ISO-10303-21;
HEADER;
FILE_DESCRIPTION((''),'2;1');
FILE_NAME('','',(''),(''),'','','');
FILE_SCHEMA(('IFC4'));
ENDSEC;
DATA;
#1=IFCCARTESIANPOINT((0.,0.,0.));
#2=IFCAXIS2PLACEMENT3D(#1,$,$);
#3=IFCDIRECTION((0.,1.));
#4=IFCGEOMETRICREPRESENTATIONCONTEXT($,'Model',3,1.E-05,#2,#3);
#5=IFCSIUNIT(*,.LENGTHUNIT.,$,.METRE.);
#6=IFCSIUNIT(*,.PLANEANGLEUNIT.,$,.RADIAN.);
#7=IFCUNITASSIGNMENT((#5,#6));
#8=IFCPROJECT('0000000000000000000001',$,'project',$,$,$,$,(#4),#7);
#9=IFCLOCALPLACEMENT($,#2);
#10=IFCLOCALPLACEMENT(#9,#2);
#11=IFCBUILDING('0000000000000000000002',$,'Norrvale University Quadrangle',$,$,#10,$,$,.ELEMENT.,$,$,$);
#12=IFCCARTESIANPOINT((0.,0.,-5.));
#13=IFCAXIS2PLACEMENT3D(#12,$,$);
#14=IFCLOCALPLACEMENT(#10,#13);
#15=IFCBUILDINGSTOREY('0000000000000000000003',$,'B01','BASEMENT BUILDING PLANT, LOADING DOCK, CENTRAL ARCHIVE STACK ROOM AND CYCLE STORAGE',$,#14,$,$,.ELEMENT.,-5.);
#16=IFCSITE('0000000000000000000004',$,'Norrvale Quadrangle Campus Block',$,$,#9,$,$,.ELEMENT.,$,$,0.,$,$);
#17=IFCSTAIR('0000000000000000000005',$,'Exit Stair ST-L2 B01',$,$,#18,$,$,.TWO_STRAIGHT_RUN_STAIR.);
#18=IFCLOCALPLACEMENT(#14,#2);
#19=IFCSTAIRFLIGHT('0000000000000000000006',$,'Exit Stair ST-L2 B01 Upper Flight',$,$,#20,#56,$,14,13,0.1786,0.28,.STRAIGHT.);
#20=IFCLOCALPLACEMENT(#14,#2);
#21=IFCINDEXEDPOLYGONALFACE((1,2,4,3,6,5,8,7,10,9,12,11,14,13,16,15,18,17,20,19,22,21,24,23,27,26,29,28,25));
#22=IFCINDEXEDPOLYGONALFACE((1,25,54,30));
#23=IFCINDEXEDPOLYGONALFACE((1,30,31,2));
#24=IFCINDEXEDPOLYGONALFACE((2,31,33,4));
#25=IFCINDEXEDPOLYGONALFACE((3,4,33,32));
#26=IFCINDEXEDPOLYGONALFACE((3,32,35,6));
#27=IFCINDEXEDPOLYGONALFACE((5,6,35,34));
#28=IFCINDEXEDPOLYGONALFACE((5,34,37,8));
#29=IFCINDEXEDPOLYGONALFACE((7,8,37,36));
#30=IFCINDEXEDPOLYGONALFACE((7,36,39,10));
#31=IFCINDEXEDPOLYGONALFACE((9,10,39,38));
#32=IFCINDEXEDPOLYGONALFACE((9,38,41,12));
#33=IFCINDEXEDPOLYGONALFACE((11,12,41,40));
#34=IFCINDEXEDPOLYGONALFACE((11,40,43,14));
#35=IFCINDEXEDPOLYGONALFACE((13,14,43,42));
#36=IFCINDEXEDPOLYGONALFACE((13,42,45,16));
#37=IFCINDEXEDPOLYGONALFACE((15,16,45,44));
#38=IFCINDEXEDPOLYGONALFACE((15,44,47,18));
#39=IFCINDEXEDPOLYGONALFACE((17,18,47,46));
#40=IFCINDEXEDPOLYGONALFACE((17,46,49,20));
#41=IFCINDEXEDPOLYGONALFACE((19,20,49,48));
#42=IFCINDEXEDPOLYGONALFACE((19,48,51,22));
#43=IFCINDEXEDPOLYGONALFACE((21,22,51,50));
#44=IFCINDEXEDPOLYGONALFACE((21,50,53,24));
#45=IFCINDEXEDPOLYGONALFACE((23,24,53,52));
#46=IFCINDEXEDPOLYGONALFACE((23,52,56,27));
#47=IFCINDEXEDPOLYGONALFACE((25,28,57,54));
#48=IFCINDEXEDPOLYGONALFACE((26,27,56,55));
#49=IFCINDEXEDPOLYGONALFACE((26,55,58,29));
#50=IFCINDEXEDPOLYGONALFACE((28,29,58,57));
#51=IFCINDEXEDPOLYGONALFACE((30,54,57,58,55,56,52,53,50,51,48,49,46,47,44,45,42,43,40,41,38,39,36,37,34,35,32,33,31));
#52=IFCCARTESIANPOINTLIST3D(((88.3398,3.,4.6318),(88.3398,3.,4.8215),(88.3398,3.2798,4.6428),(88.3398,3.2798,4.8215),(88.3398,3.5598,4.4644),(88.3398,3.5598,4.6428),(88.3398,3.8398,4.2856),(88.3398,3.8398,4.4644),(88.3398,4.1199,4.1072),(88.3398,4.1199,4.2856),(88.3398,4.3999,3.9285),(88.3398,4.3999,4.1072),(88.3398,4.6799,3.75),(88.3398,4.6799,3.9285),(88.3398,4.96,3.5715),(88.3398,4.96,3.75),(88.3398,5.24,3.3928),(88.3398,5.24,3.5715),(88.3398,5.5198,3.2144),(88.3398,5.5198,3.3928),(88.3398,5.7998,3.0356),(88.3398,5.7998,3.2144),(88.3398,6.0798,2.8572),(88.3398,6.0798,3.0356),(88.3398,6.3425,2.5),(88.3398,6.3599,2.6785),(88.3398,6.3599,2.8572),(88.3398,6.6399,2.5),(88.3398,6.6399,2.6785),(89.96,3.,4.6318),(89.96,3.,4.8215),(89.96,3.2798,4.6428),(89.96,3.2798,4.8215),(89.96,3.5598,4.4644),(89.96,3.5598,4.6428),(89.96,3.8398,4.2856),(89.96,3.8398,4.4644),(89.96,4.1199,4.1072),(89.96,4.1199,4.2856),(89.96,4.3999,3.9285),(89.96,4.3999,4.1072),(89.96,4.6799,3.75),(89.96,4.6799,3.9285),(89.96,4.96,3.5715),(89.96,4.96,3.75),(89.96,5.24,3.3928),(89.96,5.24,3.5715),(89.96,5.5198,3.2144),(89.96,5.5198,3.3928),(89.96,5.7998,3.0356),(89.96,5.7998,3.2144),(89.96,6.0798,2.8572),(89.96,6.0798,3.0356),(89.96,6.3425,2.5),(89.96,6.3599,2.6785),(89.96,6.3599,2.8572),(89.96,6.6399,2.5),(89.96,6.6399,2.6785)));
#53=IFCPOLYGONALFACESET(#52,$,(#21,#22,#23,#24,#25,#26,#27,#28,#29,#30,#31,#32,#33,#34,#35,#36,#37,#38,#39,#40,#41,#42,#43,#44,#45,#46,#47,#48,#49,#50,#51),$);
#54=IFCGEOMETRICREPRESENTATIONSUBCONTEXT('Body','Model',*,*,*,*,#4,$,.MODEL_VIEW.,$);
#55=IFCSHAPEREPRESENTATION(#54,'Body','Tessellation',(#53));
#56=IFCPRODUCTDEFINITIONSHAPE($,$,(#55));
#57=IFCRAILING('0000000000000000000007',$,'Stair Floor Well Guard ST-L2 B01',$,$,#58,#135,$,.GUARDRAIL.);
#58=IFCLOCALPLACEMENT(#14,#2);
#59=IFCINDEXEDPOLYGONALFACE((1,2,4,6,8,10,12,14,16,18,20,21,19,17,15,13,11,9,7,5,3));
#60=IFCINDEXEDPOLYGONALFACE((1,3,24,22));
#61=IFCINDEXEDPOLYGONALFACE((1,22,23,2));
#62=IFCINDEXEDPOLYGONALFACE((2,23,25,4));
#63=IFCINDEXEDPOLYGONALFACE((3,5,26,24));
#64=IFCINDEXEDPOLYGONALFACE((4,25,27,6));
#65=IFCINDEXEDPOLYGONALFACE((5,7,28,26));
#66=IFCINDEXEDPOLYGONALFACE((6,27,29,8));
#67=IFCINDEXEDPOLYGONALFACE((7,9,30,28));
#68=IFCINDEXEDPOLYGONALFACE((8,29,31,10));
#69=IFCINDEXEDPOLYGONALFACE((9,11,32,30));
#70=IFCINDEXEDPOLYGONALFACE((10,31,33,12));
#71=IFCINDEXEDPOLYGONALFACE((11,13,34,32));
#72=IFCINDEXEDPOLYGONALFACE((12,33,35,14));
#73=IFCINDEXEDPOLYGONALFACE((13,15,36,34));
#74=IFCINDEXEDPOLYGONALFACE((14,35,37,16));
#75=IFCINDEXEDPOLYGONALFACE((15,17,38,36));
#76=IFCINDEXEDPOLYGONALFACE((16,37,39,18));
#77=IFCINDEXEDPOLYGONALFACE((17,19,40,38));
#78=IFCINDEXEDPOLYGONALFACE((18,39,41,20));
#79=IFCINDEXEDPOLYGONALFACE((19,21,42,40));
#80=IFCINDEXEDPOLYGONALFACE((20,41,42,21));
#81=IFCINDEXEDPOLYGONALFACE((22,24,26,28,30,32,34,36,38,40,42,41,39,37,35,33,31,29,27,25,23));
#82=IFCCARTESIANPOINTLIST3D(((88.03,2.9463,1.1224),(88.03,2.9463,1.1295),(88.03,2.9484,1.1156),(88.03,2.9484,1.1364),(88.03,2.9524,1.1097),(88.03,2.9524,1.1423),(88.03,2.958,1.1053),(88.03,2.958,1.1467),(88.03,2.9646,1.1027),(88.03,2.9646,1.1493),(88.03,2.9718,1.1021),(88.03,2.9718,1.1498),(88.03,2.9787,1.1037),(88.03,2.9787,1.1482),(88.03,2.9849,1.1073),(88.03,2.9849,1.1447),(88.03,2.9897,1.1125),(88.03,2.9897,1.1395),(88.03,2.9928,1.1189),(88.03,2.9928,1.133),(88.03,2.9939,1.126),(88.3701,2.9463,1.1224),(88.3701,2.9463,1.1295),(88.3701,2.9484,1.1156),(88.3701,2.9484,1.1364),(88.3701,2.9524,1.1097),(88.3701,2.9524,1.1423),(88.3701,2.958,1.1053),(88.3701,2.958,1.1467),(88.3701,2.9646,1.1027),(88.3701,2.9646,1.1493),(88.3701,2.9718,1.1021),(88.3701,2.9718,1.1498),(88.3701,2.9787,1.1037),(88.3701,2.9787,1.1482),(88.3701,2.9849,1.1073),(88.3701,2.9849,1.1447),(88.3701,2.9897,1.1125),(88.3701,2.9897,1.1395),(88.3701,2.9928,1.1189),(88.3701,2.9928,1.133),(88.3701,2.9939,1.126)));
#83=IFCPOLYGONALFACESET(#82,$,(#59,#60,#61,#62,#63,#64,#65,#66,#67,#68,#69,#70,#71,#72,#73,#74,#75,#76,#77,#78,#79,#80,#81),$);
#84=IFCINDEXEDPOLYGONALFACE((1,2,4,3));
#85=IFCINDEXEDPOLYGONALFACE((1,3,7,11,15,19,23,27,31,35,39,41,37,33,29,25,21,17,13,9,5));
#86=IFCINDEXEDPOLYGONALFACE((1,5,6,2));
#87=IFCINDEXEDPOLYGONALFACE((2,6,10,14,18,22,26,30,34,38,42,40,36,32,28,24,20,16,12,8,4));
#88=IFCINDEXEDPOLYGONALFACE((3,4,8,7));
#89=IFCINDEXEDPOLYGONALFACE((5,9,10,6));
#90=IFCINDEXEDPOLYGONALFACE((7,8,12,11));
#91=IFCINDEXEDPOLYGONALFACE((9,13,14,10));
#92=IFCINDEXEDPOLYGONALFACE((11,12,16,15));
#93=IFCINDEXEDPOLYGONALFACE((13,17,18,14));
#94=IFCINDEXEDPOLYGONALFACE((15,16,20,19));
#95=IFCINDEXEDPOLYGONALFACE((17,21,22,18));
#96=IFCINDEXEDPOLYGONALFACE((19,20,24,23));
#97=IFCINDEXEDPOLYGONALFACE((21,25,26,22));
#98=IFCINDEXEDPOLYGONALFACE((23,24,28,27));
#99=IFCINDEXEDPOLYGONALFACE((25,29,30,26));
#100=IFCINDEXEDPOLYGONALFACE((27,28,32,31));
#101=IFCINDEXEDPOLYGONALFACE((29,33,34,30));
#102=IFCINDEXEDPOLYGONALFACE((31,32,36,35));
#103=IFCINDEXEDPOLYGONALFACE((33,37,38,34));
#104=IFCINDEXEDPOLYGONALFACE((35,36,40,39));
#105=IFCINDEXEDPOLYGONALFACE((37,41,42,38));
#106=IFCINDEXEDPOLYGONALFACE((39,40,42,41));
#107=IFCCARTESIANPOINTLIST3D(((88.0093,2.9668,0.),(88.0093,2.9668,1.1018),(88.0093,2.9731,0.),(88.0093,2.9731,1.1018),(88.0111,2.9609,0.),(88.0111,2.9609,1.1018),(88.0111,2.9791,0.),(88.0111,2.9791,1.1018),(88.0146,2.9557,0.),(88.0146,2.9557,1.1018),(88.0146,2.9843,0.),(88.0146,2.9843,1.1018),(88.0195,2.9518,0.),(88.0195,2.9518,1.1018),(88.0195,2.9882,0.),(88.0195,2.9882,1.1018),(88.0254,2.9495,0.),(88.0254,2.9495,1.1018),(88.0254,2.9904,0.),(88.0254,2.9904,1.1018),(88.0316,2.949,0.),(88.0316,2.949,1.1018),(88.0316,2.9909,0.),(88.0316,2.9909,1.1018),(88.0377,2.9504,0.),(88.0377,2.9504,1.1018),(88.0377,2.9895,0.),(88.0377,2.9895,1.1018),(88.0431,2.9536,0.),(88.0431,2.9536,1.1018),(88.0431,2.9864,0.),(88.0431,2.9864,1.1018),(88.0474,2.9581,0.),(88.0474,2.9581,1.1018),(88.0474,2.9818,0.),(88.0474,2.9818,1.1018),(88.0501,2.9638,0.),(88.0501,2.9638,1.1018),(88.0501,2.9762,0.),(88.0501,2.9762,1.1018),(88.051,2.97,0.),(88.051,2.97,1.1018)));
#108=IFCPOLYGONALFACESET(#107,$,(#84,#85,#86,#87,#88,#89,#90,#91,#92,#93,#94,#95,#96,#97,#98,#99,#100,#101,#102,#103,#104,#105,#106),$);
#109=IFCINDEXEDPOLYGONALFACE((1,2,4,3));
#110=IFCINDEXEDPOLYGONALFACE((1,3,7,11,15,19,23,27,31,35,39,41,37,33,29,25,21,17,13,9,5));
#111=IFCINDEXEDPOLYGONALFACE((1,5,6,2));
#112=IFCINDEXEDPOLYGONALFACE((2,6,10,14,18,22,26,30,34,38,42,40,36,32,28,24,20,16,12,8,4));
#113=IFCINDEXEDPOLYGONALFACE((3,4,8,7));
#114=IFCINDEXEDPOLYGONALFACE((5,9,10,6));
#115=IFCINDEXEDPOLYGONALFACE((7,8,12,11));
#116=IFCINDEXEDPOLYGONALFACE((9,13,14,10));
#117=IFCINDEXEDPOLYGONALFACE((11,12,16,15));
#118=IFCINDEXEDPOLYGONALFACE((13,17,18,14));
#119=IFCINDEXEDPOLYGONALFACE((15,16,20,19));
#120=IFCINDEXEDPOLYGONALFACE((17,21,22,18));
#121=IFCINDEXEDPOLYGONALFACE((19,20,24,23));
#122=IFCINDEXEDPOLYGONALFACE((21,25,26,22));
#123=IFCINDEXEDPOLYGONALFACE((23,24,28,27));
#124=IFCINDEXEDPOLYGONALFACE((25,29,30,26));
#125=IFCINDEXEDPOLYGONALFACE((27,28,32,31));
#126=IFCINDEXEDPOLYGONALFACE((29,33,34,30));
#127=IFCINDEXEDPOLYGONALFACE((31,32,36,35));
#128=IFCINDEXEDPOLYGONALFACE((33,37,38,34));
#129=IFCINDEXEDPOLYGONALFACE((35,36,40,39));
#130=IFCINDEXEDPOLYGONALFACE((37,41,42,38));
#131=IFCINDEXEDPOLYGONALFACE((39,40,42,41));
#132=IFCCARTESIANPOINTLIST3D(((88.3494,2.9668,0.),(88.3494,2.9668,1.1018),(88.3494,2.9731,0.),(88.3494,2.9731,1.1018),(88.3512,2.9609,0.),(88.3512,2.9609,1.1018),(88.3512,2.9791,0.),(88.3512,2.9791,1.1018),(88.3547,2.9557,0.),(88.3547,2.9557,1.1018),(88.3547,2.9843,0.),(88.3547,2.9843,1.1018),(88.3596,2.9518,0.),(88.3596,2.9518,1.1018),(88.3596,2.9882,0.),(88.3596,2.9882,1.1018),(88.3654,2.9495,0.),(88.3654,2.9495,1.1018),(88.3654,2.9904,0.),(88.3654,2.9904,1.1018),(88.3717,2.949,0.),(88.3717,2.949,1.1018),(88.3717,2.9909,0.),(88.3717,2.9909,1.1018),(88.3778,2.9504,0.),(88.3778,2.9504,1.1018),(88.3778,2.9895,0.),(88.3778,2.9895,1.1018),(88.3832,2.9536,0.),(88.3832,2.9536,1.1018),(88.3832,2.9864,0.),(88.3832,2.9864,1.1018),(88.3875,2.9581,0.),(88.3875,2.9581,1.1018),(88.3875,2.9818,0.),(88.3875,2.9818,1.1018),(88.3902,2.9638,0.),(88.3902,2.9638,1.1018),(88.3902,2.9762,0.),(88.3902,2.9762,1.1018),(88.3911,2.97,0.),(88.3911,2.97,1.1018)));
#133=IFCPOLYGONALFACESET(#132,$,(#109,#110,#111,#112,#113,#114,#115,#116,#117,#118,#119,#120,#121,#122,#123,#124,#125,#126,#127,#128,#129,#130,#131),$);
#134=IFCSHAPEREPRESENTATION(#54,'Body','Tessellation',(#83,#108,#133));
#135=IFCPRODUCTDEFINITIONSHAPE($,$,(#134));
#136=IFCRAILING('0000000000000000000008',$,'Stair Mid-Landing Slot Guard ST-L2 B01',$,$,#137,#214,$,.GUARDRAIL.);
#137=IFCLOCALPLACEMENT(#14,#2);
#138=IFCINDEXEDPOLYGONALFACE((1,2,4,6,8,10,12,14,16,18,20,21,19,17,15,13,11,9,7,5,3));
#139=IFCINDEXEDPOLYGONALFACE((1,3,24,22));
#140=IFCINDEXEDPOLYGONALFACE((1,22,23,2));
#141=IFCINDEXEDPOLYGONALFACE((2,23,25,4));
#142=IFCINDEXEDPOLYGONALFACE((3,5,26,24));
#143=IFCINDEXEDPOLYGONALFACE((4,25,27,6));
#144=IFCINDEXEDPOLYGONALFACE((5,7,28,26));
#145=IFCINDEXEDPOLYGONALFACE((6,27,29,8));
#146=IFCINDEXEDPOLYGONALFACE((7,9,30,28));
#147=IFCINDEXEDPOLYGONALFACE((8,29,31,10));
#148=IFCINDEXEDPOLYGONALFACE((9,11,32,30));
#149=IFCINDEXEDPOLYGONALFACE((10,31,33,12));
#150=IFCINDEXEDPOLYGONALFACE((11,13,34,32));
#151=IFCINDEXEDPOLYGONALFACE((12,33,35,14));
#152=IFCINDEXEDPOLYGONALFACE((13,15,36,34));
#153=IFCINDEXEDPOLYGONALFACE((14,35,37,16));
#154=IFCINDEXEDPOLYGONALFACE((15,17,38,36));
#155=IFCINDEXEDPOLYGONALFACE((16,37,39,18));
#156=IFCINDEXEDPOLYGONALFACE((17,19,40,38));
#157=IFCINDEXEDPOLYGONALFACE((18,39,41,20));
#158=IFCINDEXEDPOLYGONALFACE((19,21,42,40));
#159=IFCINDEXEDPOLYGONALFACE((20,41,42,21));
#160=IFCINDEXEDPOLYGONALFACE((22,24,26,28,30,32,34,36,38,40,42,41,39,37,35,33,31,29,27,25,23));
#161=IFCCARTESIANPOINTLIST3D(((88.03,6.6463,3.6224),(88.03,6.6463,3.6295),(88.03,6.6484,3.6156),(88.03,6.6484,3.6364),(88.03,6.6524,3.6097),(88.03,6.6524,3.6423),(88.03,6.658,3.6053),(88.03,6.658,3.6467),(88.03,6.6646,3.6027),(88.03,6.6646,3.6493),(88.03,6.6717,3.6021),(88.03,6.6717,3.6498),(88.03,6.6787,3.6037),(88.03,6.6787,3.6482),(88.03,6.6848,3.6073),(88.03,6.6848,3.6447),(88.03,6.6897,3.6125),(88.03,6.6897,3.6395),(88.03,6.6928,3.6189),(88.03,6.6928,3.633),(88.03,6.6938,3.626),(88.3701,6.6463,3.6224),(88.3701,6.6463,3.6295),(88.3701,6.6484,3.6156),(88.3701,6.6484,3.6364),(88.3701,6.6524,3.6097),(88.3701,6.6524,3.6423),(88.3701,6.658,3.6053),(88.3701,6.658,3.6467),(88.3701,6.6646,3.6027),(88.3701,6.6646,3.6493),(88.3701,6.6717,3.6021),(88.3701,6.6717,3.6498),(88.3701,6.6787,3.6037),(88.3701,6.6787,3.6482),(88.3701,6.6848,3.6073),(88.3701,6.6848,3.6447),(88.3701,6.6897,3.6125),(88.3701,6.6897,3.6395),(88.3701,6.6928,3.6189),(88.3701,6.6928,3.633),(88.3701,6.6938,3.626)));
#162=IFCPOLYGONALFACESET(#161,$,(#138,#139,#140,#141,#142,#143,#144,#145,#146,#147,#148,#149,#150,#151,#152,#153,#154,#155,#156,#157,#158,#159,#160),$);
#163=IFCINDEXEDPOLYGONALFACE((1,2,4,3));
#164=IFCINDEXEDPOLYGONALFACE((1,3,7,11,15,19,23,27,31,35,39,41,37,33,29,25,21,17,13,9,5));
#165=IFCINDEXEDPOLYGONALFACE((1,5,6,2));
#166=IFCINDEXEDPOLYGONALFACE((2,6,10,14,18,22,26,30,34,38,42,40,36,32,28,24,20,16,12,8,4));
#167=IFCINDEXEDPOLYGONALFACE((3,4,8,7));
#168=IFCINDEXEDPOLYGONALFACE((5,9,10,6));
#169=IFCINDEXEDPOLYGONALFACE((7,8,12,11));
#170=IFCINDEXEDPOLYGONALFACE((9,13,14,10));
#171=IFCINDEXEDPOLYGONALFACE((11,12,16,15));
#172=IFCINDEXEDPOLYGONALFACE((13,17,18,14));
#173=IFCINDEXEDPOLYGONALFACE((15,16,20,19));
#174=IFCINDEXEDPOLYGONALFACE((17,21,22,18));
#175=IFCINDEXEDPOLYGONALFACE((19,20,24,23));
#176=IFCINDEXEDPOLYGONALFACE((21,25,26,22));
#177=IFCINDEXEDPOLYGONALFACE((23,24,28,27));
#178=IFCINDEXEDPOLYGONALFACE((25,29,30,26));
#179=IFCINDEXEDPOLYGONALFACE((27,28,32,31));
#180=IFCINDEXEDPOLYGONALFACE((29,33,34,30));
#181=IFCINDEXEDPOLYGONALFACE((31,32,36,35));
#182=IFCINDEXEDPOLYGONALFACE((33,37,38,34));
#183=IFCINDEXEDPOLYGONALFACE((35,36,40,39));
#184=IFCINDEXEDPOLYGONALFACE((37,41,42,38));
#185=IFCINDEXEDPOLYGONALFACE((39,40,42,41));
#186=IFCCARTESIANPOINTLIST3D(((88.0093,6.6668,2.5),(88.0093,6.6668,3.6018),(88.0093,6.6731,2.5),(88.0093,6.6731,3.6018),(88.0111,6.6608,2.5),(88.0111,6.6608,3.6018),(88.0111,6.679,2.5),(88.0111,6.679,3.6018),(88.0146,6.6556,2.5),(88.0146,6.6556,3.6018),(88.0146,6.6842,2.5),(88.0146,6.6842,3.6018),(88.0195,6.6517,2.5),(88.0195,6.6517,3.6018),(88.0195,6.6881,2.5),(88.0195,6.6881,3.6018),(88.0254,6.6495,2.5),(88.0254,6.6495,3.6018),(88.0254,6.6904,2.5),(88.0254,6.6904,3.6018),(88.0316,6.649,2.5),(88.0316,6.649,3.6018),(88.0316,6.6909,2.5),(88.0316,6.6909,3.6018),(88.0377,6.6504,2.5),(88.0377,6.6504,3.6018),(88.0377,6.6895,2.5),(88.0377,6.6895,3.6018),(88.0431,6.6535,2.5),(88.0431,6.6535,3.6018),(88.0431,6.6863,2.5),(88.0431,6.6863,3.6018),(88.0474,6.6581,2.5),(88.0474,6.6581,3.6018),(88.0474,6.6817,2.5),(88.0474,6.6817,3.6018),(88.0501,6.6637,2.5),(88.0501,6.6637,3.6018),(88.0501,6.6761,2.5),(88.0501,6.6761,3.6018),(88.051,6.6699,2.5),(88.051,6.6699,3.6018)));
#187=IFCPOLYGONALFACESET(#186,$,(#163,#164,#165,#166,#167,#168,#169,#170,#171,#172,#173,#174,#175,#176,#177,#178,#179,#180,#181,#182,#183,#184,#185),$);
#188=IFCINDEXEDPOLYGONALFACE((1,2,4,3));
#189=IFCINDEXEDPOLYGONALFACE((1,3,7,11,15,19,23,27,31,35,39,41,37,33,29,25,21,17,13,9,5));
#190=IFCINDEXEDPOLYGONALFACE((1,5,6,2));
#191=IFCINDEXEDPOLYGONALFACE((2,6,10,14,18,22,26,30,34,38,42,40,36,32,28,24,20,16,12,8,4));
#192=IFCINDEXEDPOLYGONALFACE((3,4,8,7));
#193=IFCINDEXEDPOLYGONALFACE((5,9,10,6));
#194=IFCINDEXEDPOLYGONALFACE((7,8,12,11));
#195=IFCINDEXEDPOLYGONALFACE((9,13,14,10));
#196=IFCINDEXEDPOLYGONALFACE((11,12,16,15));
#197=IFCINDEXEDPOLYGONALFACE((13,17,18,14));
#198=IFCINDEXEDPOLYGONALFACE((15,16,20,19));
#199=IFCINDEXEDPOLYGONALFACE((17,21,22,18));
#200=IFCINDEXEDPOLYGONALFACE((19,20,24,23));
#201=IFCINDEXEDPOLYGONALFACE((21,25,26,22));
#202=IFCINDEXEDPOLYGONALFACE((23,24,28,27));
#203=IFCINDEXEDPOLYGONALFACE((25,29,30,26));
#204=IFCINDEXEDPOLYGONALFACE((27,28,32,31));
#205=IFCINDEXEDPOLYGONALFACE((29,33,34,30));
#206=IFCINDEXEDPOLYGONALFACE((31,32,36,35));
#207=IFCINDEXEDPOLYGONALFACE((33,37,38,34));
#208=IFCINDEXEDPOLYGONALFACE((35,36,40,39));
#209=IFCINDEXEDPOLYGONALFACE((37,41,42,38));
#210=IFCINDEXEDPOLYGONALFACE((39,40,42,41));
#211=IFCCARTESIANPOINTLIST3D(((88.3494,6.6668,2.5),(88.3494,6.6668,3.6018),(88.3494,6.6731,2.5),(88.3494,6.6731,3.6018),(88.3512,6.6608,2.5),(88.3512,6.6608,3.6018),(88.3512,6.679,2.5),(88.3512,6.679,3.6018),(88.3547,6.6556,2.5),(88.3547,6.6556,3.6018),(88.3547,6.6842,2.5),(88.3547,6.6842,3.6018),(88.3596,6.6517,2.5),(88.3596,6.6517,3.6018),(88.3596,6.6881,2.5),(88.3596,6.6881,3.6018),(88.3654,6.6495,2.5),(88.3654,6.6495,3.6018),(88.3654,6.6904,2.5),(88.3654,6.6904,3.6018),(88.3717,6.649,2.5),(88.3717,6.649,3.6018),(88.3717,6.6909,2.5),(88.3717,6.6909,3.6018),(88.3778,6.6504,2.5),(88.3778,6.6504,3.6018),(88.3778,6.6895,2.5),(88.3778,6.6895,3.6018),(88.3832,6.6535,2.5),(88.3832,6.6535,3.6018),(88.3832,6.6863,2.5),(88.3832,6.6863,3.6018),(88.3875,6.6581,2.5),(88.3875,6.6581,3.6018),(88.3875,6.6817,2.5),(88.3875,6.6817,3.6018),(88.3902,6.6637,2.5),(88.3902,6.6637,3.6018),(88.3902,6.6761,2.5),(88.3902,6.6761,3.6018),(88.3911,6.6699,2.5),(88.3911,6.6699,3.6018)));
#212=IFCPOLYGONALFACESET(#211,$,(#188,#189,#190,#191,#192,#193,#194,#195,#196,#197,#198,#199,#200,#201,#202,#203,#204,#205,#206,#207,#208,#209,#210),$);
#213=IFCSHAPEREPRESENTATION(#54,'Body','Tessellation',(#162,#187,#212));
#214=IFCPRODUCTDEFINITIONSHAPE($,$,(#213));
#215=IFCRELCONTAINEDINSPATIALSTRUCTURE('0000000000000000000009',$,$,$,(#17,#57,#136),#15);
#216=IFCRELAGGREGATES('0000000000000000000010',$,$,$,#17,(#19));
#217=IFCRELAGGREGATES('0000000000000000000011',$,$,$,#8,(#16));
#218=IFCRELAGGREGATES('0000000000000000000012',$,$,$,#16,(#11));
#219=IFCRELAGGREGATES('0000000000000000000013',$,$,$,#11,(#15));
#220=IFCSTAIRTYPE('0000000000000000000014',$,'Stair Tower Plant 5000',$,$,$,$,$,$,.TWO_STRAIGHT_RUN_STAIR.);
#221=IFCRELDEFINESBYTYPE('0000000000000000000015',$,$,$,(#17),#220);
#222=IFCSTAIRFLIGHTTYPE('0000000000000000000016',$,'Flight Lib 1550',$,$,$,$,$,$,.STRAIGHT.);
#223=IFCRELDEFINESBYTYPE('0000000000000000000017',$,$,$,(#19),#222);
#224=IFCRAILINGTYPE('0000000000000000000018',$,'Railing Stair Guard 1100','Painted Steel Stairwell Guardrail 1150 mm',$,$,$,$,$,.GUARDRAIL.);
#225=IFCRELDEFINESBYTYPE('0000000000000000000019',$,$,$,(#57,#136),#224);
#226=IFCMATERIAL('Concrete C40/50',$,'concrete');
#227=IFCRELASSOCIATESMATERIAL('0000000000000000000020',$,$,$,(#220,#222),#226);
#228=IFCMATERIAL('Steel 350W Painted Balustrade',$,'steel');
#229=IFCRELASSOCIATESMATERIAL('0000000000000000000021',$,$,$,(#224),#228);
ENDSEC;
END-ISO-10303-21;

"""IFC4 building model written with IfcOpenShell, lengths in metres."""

from ifc_helpers import new_model, si_unit, direction, frame, origin, origin_2d, place, context, subcontext, project, spatial, polyline, circle, outline, extrude, material, type_object, element, aggregate, save


model = new_model("IFC4")

# Units and contexts
model_context = context("Model", 3, precision=1e-05, world=origin(), true_north=direction((0.0, 1.0)))
body_context = subcontext(model_context, "Body", "Model", "MODEL_VIEW")
ifc_project = project(units=[si_unit("LENGTHUNIT", "METRE"), si_unit("PLANEANGLEUNIT", "RADIAN")], contexts=[model_context])

# Site, building, storey
site_placement = place(None, origin())
site = spatial("IfcSite", under=ifc_project, at=site_placement, Name="Norrvale Quadrangle Campus Block", CompositionType="ELEMENT", RefElevation=0.0)
building_placement = place(site_placement, origin())
building = spatial("IfcBuilding", under=site, at=building_placement, Name="Norrvale University Quadrangle", CompositionType="ELEMENT")
storey_placement = place(building_placement, frame((0.0, 0.0, -5.0)))
storey = spatial("IfcBuildingStorey", under=building, at=storey_placement, Name="B01", Description="BASEMENT BUILDING PLANT, LOADING DOCK, CENTRAL ARCHIVE STACK ROOM AND CYCLE STORAGE", CompositionType="ELEMENT", Elevation=-5.0)

# Stair, stair flight
ifc_material_1 = material(Name="Concrete C40/50", Category="concrete")
stair_type = type_object("IfcStairType", Name="Stair Tower Plant 5000", PredefinedType="TWO_STRAIGHT_RUN_STAIR", material=ifc_material_1)
stair_placement = place(storey_placement, origin())
stair = element("IfcStair", 1, at=stair_placement, inside=storey, type_object=stair_type, Name="Exit Stair ST-L2 B01", PredefinedType="TWO_STRAIGHT_RUN_STAIR")
stair_flight_type = type_object("IfcStairFlightType", Name="Flight Lib 1550", PredefinedType="STRAIGHT", material=ifc_material_1)
stair_flight_1_placement = place(storey_placement, frame((89.1499, 6.6399, 2.5), z_axis=(0.0, 0.0, 1.0), x_axis=(0.0, -1.0, 0.0)))
stair_flight_1 = element("IfcStairFlight", 2, at=stair_flight_1_placement, type_object=stair_flight_type, Name="Exit Stair ST-L2 B01 Upper Flight", NumberOfRisers=14, NumberOfTreads=13, PredefinedType="STRAIGHT", RiserHeight=0.1786, TreadLength=0.28, context=body_context, shape_type="SweptSolid", body=[
    extrude(outline(polyline([(0.0, 0.0), (0.0, 0.1785), (0.28, 0.1785), (0.28, 0.3572), (0.5601, 0.3572), (0.5601, 0.5356), (0.8401, 0.5356), (0.8401, 0.7144), (1.1201, 0.7144), (1.1201, 0.8928), (1.3999, 0.8928), (1.3999, 1.0715), (1.6799, 1.0715), (1.6799, 1.25), (1.96, 1.25), (1.96, 1.4285), (2.24, 1.4285), (2.24, 1.6072), (2.52, 1.6072), (2.52, 1.7856), (2.8, 1.7856), (2.8, 1.9644), (3.0801, 1.9644), (3.0801, 2.1428), (3.3601, 2.1428), (3.3601, 2.3215), (3.6399, 2.3215), (3.6399, 2.5), (3.6399, 2.1318), (0.2974, 0.0), (0.0, 0.0)])), frame((0.0, 0.8101, 0.0), z_axis=(0.0, -1.0, 0.0), x_axis=(1.0, 0.0, 0.0)), (0.0, 0.0, 1.0), 1.6201),
])
aggregate(stair, [stair_flight_1])

# Railings
ifc_material_2 = material(Name="Steel 350W Painted Balustrade", Category="steel")
railing_type_1 = type_object("IfcRailingType", Name="Railing Stair Guard 1100", Description="Painted Steel Stairwell Guardrail 1150 mm", PredefinedType="GUARDRAIL", material=ifc_material_2)
for number, where, name in (
    (3, (88.03, 2.97, 0.0), "Stair Floor Well Guard ST-L2 B01"),
    (4, (88.03, 6.6699, 2.5), "Stair Mid-Landing Slot Guard ST-L2 B01"),
):
    element("IfcRailing", number, at=place(storey_placement, frame(where)), inside=storey, type_object=railing_type_1, Name=name, PredefinedType="GUARDRAIL", context=body_context, shape_type="SweptSolid", body=[
        extrude(circle(Radius=0.0239, at=origin_2d()), frame((0.0, 0.0, 1.126), z_axis=(1.0, 0.0, 0.0), x_axis=(0.0, 1.0, 0.0)), (0.0, 0.0, 1.0), 0.3401),
        extrude(circle(Radius=0.021, at=origin_2d()), origin(), (0.0, 0.0, 1.0), 1.1018),
        extrude(circle(Radius=0.021, at=origin_2d()), frame((0.3401, 0.0, 0.0)), (0.0, 0.0, 1.0), 1.1018),
    ])

save(model, "model.ifc")
